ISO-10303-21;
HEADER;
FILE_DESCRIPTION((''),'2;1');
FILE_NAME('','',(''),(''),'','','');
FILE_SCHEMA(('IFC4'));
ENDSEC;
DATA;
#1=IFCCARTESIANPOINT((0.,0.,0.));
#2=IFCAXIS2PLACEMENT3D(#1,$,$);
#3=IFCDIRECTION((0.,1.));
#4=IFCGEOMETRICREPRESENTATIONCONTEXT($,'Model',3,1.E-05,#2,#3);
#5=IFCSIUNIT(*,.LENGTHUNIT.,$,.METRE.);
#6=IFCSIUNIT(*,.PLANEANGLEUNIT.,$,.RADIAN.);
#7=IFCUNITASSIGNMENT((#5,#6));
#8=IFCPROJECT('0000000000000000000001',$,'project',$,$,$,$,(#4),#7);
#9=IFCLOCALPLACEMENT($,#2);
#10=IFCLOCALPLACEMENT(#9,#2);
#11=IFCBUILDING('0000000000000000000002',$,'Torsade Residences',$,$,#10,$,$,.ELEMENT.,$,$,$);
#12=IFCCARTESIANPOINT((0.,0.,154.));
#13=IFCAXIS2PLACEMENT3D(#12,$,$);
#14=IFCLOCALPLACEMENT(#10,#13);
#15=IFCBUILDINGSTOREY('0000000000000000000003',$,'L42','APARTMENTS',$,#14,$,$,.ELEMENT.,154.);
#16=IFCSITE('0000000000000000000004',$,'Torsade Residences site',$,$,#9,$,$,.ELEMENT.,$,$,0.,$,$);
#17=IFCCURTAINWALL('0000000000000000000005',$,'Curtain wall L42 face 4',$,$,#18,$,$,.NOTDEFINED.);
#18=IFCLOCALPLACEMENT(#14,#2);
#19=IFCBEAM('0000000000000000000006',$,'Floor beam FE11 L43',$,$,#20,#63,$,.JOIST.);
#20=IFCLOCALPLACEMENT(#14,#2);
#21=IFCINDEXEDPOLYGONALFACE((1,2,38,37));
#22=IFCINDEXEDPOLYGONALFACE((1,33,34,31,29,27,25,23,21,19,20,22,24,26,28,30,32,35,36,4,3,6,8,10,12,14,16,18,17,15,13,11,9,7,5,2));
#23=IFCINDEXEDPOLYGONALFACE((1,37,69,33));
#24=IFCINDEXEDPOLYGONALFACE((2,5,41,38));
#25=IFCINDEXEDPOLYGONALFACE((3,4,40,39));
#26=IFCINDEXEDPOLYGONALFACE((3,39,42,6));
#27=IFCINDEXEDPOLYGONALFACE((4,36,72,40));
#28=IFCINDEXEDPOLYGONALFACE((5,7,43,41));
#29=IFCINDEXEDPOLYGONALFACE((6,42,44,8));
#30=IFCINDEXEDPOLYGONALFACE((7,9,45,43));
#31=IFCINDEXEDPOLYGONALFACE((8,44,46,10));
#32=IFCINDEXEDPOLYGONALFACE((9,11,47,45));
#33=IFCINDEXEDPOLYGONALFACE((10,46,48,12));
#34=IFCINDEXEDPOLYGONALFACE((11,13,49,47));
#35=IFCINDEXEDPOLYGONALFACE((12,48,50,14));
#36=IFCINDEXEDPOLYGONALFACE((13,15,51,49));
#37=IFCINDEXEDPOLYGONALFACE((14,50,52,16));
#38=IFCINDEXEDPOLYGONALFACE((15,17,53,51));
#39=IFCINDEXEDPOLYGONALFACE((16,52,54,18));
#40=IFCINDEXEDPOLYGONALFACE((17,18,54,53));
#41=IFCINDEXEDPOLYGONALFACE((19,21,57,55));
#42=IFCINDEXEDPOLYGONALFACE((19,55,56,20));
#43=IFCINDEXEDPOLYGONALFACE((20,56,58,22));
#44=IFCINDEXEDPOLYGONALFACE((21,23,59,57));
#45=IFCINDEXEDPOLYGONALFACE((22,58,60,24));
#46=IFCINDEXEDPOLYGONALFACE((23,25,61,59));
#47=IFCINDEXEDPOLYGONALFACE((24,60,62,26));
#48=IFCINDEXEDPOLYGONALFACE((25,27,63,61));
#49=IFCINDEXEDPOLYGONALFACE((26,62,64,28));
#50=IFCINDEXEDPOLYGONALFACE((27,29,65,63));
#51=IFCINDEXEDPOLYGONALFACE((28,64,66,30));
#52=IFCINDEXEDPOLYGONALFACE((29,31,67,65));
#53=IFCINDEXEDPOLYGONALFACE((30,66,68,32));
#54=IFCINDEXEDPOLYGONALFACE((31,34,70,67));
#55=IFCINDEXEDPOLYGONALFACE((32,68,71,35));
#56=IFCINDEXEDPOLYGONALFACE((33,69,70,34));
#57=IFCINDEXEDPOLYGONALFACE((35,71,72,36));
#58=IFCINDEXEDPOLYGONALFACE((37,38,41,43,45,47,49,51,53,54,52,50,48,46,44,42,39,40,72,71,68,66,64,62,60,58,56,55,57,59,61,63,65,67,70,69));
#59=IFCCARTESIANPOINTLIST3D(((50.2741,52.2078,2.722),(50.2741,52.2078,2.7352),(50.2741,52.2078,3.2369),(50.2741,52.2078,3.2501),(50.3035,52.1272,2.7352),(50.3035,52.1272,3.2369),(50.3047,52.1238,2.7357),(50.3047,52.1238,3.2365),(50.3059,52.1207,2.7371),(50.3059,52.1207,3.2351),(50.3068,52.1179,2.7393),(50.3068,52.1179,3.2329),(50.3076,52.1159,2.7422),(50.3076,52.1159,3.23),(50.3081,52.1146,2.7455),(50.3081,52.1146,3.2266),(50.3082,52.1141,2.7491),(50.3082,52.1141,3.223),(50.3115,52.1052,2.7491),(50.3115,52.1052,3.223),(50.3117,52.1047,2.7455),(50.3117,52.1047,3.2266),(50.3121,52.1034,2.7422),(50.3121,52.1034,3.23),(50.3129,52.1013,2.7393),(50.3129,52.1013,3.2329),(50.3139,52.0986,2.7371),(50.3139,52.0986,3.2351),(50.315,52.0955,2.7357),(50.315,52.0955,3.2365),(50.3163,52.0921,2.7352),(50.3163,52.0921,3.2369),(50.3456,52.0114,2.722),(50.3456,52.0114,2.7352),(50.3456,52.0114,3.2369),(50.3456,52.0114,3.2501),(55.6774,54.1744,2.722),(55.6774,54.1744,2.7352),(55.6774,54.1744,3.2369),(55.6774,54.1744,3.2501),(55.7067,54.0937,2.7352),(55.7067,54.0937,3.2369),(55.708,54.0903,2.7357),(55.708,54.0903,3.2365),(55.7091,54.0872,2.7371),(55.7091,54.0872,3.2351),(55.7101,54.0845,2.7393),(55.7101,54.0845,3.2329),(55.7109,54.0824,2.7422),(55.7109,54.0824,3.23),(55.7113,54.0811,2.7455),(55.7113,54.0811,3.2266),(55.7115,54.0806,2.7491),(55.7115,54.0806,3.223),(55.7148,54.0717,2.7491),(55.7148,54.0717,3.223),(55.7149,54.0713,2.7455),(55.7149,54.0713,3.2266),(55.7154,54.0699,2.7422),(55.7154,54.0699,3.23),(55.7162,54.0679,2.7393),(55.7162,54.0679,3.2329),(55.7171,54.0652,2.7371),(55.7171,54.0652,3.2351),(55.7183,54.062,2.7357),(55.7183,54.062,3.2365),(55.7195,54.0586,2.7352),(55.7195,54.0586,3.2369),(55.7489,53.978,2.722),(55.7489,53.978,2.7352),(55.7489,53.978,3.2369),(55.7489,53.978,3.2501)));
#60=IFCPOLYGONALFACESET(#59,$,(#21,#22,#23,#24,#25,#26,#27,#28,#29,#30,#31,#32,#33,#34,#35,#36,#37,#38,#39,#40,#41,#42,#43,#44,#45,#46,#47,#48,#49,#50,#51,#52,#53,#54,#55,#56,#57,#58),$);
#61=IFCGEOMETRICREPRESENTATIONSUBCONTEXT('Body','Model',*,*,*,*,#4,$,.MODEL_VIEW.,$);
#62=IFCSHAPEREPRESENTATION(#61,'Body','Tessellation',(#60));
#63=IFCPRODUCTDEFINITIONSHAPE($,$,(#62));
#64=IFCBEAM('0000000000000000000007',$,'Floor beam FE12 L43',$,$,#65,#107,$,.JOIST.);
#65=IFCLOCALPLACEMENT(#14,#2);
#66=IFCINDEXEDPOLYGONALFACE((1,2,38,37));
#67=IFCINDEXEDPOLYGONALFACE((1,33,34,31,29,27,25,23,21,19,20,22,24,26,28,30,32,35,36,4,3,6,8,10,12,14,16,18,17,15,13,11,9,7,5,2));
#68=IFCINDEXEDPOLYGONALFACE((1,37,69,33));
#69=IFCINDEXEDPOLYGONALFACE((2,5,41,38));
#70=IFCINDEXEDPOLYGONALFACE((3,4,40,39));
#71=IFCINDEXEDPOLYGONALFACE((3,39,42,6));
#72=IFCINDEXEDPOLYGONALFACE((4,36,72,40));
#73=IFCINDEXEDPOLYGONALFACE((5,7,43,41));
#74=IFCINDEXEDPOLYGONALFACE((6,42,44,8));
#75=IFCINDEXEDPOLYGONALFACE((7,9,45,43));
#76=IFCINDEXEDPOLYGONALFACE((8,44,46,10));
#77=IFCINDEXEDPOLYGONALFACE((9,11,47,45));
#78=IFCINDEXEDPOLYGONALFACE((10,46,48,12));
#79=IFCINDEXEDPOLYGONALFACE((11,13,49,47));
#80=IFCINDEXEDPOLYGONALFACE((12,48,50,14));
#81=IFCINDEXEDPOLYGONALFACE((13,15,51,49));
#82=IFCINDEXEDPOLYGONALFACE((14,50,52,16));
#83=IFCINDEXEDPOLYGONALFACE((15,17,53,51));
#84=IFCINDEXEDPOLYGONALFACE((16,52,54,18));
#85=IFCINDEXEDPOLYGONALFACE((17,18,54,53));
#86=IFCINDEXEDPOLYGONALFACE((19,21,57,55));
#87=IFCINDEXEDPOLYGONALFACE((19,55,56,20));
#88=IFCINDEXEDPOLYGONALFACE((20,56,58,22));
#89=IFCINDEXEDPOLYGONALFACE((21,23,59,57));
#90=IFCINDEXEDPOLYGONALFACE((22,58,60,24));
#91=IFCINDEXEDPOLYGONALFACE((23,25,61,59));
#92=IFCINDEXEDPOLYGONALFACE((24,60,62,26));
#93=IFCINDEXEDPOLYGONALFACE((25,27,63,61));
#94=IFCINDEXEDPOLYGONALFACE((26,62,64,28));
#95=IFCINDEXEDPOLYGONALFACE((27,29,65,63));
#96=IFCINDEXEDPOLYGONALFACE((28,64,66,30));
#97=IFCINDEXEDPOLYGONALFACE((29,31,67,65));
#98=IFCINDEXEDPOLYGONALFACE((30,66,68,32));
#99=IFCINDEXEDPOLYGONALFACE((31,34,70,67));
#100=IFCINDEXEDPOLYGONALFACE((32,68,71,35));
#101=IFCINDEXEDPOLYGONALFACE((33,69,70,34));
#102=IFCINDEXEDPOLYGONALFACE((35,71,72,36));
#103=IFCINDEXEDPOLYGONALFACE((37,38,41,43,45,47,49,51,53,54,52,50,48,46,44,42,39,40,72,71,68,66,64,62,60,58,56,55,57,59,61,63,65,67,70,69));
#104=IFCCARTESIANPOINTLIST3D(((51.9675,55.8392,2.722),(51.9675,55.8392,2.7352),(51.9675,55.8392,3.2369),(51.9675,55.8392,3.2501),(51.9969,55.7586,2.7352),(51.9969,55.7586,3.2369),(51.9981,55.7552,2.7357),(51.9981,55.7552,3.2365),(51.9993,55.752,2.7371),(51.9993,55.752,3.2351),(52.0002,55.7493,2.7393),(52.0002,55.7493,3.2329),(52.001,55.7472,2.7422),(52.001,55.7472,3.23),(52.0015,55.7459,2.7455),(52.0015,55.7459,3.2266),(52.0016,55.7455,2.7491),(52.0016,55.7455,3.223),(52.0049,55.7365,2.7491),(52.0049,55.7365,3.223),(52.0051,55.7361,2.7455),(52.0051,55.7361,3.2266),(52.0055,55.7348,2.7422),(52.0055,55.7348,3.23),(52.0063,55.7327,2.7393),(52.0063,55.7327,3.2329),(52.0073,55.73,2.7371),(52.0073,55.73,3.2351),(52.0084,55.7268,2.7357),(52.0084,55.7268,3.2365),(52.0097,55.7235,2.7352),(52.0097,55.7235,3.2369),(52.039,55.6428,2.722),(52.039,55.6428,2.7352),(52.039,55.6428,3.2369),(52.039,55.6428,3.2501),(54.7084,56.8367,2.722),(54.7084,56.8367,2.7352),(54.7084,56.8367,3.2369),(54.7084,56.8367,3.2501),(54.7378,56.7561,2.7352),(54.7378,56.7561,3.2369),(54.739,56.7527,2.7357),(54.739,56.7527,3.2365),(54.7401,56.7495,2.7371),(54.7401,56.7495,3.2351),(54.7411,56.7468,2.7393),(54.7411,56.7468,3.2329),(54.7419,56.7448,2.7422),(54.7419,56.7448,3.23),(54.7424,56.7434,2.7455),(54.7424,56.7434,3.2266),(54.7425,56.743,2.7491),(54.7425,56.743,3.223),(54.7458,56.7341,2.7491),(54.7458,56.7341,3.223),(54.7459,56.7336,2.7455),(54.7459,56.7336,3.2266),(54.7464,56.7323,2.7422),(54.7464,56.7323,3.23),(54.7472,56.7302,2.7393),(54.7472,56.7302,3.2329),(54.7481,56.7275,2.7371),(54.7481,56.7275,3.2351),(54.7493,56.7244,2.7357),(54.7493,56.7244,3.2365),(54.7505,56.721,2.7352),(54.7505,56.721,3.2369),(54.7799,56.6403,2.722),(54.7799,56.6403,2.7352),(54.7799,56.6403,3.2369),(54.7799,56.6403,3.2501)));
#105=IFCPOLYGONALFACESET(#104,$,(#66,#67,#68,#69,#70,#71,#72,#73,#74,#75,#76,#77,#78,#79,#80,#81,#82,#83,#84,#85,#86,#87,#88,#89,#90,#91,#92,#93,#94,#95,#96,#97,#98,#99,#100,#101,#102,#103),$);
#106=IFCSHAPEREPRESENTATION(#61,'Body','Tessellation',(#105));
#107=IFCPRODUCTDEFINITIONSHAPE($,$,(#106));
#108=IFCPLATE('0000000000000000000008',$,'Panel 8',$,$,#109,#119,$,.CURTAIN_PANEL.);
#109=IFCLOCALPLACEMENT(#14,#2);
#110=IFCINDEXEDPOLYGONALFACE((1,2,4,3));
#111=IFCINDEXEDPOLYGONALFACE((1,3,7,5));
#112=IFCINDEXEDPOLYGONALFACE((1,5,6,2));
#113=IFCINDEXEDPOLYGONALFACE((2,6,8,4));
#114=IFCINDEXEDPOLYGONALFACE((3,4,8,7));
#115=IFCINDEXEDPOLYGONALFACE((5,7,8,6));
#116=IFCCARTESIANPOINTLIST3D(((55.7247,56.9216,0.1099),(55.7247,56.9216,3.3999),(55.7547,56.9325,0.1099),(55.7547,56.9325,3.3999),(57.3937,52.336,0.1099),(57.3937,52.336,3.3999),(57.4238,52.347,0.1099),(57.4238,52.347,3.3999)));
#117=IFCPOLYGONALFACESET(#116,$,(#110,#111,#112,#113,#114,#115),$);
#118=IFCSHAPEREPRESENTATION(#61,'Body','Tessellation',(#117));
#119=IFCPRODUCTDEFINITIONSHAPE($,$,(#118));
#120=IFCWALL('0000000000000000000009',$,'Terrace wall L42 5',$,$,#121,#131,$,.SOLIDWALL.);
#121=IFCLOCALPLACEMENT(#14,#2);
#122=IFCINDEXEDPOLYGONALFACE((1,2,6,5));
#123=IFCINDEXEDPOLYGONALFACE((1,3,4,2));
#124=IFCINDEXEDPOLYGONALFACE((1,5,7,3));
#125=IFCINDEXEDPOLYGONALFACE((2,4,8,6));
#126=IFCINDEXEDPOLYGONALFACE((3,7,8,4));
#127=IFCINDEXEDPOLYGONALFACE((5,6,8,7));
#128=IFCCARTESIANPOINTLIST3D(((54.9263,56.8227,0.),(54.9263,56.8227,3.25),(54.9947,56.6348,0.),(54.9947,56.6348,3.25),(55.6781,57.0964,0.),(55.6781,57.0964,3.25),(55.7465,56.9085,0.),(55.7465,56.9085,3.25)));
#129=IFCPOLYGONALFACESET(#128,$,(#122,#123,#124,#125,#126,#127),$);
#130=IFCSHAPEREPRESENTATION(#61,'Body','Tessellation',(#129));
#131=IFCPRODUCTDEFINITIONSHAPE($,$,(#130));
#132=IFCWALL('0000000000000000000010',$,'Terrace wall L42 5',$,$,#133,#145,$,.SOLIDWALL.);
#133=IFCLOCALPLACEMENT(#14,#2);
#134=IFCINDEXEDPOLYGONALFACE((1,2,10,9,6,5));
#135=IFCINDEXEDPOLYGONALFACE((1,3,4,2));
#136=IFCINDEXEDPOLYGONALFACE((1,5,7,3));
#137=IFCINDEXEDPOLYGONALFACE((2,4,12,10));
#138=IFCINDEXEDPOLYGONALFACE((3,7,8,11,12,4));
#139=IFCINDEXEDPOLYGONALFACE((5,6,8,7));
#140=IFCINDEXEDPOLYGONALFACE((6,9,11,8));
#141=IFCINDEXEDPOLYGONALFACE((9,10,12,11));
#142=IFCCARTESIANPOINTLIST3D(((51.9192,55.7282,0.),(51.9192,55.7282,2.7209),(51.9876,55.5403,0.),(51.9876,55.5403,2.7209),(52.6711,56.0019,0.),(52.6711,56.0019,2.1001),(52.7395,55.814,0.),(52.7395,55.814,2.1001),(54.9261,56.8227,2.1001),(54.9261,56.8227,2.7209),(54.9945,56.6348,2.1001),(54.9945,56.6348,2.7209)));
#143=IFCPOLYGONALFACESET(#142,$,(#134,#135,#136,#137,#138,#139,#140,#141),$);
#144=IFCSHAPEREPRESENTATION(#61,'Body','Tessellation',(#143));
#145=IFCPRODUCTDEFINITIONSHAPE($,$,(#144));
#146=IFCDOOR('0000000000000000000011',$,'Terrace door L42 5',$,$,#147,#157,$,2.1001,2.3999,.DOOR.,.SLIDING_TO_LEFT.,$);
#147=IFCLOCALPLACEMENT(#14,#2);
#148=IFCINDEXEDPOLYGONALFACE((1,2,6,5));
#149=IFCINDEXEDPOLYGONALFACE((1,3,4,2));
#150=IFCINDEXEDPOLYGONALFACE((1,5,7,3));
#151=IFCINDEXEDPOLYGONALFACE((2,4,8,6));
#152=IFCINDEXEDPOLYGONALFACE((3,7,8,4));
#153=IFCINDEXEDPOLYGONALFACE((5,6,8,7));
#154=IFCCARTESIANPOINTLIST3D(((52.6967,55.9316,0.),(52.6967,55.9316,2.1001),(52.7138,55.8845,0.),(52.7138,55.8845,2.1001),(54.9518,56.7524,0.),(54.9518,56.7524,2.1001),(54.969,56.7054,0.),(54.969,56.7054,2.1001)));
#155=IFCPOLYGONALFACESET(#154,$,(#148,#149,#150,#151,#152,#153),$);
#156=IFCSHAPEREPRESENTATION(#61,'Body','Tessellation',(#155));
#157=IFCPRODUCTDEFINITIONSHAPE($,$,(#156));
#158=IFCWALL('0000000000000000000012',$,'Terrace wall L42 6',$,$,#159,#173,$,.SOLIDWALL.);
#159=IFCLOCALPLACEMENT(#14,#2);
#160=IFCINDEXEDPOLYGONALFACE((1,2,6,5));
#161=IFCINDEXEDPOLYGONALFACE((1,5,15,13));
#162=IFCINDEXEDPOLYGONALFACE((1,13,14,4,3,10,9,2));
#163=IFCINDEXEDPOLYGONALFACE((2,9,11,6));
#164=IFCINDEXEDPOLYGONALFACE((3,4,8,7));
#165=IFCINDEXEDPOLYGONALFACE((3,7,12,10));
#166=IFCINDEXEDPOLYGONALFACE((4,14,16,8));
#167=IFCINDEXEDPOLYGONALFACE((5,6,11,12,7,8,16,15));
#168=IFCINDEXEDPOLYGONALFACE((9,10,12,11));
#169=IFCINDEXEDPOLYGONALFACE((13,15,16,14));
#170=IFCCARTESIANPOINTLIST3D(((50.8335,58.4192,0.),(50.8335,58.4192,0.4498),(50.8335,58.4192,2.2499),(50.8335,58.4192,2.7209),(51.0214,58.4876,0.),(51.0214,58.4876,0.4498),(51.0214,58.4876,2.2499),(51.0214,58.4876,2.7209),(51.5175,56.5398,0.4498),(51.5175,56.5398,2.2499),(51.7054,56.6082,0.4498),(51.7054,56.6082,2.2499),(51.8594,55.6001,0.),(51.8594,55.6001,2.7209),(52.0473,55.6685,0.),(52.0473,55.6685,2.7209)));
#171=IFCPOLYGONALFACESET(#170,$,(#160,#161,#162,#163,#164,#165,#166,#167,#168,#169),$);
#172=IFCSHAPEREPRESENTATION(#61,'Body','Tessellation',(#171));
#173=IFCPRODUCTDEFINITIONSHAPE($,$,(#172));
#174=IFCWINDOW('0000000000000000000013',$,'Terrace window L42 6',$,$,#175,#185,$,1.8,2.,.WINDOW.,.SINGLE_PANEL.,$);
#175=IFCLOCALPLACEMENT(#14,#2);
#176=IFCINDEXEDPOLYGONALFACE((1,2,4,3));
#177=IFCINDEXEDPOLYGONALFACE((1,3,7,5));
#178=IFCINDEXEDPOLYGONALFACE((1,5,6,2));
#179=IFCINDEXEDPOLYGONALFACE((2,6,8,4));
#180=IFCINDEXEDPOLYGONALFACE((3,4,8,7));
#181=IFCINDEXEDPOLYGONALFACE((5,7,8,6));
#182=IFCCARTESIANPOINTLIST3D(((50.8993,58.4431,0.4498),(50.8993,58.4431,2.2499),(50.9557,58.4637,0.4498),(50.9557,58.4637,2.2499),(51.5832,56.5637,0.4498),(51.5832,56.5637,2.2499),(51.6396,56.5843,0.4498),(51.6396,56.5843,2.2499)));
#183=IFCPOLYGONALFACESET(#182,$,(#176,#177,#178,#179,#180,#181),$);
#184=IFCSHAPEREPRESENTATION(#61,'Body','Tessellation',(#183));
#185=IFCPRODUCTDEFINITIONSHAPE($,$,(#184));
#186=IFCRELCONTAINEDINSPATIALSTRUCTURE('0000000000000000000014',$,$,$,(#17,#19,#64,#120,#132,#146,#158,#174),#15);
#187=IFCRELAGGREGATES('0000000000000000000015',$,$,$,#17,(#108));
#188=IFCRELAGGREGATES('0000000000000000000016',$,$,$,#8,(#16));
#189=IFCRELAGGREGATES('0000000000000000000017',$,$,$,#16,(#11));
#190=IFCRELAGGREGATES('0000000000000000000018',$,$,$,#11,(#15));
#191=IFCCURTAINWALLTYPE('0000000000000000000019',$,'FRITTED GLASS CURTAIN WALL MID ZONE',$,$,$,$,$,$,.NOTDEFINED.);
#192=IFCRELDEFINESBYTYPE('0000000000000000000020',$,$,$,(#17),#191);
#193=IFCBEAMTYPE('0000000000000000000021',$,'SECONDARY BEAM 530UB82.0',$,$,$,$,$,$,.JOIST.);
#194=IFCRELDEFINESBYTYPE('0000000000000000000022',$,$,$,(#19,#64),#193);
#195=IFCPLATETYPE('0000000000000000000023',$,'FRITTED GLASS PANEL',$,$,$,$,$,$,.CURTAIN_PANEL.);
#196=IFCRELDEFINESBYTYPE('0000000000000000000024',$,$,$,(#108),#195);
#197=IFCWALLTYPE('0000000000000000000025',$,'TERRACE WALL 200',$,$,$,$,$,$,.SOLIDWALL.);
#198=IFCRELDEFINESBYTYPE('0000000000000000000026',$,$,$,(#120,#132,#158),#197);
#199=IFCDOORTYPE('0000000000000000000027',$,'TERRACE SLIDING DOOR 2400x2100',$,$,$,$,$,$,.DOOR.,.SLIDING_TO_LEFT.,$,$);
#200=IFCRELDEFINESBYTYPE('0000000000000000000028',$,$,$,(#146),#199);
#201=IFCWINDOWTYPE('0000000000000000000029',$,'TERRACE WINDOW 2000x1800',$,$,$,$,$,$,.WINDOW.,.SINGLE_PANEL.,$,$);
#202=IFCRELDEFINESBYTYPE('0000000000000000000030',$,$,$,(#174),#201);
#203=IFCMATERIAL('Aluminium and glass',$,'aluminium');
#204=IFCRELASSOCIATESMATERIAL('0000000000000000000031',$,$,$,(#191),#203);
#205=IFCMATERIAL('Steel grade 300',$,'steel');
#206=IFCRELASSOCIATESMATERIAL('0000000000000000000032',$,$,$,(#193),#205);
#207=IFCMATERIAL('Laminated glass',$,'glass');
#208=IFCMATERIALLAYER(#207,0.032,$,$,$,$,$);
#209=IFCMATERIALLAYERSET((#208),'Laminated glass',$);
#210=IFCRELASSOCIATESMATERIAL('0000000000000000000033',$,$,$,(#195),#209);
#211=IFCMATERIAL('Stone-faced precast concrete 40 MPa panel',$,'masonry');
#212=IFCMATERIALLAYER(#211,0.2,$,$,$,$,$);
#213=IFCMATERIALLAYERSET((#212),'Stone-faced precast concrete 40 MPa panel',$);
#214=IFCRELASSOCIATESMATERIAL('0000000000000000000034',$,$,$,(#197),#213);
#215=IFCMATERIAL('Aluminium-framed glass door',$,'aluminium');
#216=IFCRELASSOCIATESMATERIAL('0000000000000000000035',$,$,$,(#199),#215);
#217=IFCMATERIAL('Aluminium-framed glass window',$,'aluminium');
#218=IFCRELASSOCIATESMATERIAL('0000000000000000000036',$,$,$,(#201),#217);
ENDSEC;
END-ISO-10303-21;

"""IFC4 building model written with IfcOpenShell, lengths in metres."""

from ifc_helpers import new_model, si_unit, direction, frame, frame_2d, origin, origin_2d, place, context, subcontext, project, spatial, rectangle, i_section, extrude, material, layer, layer_set, material_profile, profile_set, type_object, element, fill, aggregate, save


model = new_model("IFC4")

# Units and contexts
model_context = context("Model", 3, precision=1e-05, world=origin(), true_north=direction((0.0, 1.0)))
body_context = subcontext(model_context, "Body", "Model", "MODEL_VIEW")
ifc_project = project(units=[si_unit("LENGTHUNIT", "METRE"), si_unit("PLANEANGLEUNIT", "RADIAN")], contexts=[model_context])

# Site, building, storey
site_placement = place(None, origin())
site = spatial("IfcSite", under=ifc_project, at=site_placement, Name="Torsade Residences site", CompositionType="ELEMENT", RefElevation=0.0)
building_placement = place(site_placement, origin())
building = spatial("IfcBuilding", under=site, at=building_placement, Name="Torsade Residences", CompositionType="ELEMENT")
storey_placement = place(building_placement, frame((0.0, 0.0, 154.0)))
storey = spatial("IfcBuildingStorey", under=building, at=storey_placement, Name="L42", Description="APARTMENTS", CompositionType="ELEMENT", Elevation=154.0)

# Curtain wall
ifc_material_1 = material(Name="Aluminium and glass", Category="aluminium")
curtain_wall_type = type_object("IfcCurtainWallType", Name="FRITTED GLASS CURTAIN WALL MID ZONE", PredefinedType="NOTDEFINED", material=ifc_material_1)
curtain_wall_placement = place(storey_placement, origin())
curtain_wall = element("IfcCurtainWall", 1, at=curtain_wall_placement, inside=storey, type_object=curtain_wall_type, Name="Curtain wall L42 face 4", PredefinedType="NOTDEFINED")

# Beams
ifc_material_2 = material(Name="Steel grade 300", Category="steel")
ifc_material_profile_1 = material_profile(ifc_material_2, i_section(OverallWidth=0.209, OverallDepth=0.5281, WebThickness=0.0095, FlangeThickness=0.0132, FilletRadius=0.0139, at=origin_2d()), Name="530UB82.0")
ifc_profile_set_1 = profile_set([ifc_material_profile_1], Name="Steel grade 300")
beam_type_1 = type_object("IfcBeamType", Name="SECONDARY BEAM 530UB82.0", PredefinedType="JOIST", material=ifc_profile_set_1)
beam_1_placement = place(storey_placement, frame((55.7131, 54.0762, 2.9861), z_axis=(-0.939698, -0.342006, 0.0), x_axis=(0.342006, -0.939698, 0.0)))
element("IfcBeam", 2, at=beam_1_placement, inside=storey, type_object=beam_type_1, Name="Floor beam FE11 L43", PredefinedType="JOIST", context=body_context, shape_type="SweptSolid", body=[
    extrude(i_section(OverallWidth=0.209, OverallDepth=0.5281, WebThickness=0.0095, FlangeThickness=0.0132, FilletRadius=0.0139, at=origin_2d()), origin(), (0.0, 0.0, 1.0), 5.75),
])
beam_2_placement = place(storey_placement, frame((54.7441, 56.7385, 2.9861), z_axis=(-0.939701, -0.341998, 0.0), x_axis=(0.341998, -0.939701, 0.0)))
element("IfcBeam", 3, at=beam_2_placement, inside=storey, type_object=beam_type_1, Name="Floor beam FE12 L43", PredefinedType="JOIST", context=body_context, shape_type="SweptSolid", body=[
    extrude(i_section(OverallWidth=0.209, OverallDepth=0.5281, WebThickness=0.0095, FlangeThickness=0.0132, FilletRadius=0.0139, at=origin_2d()), origin(), (0.0, 0.0, 1.0), 2.9167),
])

# Plate
ifc_material_3 = material(Name="Laminated glass", Category="glass")
ifc_layer_1 = layer(ifc_material_3, 0.032)
ifc_layer_set_1 = layer_set([ifc_layer_1], Name="Laminated glass")
plate_type = type_object("IfcPlateType", Name="FRITTED GLASS PANEL", PredefinedType="CURTAIN_PANEL", material=ifc_layer_set_1)
plate_placement = place(storey_placement, frame((56.5742, 54.6343, 0.1099), z_axis=(0.0, 0.0, 1.0), x_axis=(-0.34202, 0.939693, 0.0)))
plate = element("IfcPlate", 4, at=plate_placement, type_object=plate_type, Name="Panel 8", PredefinedType="CURTAIN_PANEL", context=body_context, shape_type="SweptSolid", body=[
    extrude(rectangle(XDim=4.8799, YDim=0.032, at=origin_2d()), origin(), (0.0, 0.0, 1.0), 3.29),
])
aggregate(curtain_wall, [plate])

# Wall
ifc_material_4 = material(Name="Stone-faced precast concrete 40 MPa panel", Category="masonry")
ifc_layer_2 = layer(ifc_material_4, 0.2)
ifc_layer_set_2 = layer_set([ifc_layer_2], Name="Stone-faced precast concrete 40 MPa panel")
wall_type = type_object("IfcWallType", Name="TERRACE WALL 200", PredefinedType="SOLIDWALL", material=ifc_layer_set_2)
wall_1_placement = place(storey_placement, frame((55.7122, 57.0024, 0.0), z_axis=(0.0, 0.0, 1.0), x_axis=(-0.93966, -0.342111, 0.0)))
element("IfcWall", 5, at=wall_1_placement, inside=storey, type_object=wall_type, Name="Terrace wall L42 5", PredefinedType="SOLIDWALL", context=body_context, shape_type="SweptSolid", body=[
    extrude(rectangle(XDim=0.8, YDim=0.2, at=frame_2d((0.3999, 0.0))), origin(), (0.0, 0.0, 1.0), 3.25),
])

# Wall, opening, door
wall_2_placement = place(storey_placement, frame((54.9604, 56.7288, 0.0), z_axis=(0.0, 0.0, 1.0), x_axis=(-0.939693, -0.342019, 0.0)))
wall_2 = element("IfcWall", 6, at=wall_2_placement, inside=storey, type_object=wall_type, Name="Terrace wall L42 5", PredefinedType="SOLIDWALL", context=body_context, shape_type="SweptSolid", body=[
    extrude(rectangle(XDim=3.2, YDim=0.2, at=frame_2d((1.6001, 0.0))), origin(), (0.0, 0.0, 1.0), 2.7209),
])
opening_1_placement = place(wall_2_placement, origin())
opening_1 = element("IfcOpeningElement", 7, at=opening_1_placement, cuts=wall_2, PredefinedType="OPENING", context=body_context, shape_type="SweptSolid", body=[
    extrude(rectangle(XDim=2.3999, YDim=2.1001, at=frame_2d((1.2, 1.05))), frame((0.0, 0.1099, 0.0), z_axis=(0.0, -1.0, 0.0), x_axis=(1.0, 0.0, 0.0)), (0.0, 0.0, 1.0), 0.22),
])
ifc_material_5 = material(Name="Aluminium-framed glass door", Category="aluminium")
door_type = type_object("IfcDoorType", Name="TERRACE SLIDING DOOR 2400x2100", OperationType="SLIDING_TO_LEFT", PredefinedType="DOOR", material=ifc_material_5)
door_placement = place(opening_1_placement, origin())
door = element("IfcDoor", 8, at=door_placement, inside=storey, type_object=door_type, Name="Terrace door L42 5", OperationType="SLIDING_TO_LEFT", OverallHeight=2.1001, OverallWidth=2.3999, PredefinedType="DOOR", context=body_context, shape_type="SweptSolid", body=[
    extrude(rectangle(XDim=2.3999, YDim=2.1001, at=frame_2d((1.2, 1.05))), frame((0.0, 0.0249, 0.0), z_axis=(0.0, -1.0, 0.0), x_axis=(1.0, 0.0, 0.0)), (0.0, 0.0, 1.0), 0.05),
])
fill(opening_1, door)

# Wall, opening, window
wall_3_placement = place(storey_placement, frame((51.9534, 55.6343, 0.0), z_axis=(0.0, 0.0, 1.0), x_axis=(-0.341965, 0.939713, 0.0)))
wall_3 = element("IfcWall", 9, at=wall_3_placement, inside=storey, type_object=wall_type, Name="Terrace wall L42 6", PredefinedType="SOLIDWALL", context=body_context, shape_type="SweptSolid", body=[
    extrude(rectangle(XDim=3.0, YDim=0.2, at=frame_2d((1.5, 0.0))), origin(), (0.0, 0.0, 1.0), 2.7209),
])
opening_2_placement = place(wall_3_placement, frame((1.0, 0.0, 0.45)))
opening_2 = element("IfcOpeningElement", 10, at=opening_2_placement, cuts=wall_3, PredefinedType="OPENING", context=body_context, shape_type="SweptSolid", body=[
    extrude(rectangle(XDim=2.0, YDim=1.8, at=frame_2d((1.0, 0.8999))), frame((0.0, 0.1099, 0.0), z_axis=(0.0, -1.0, 0.0), x_axis=(1.0, 0.0, 0.0)), (0.0, 0.0, 1.0), 0.22),
])
ifc_material_6 = material(Name="Aluminium-framed glass window", Category="aluminium")
window_type = type_object("IfcWindowType", Name="TERRACE WINDOW 2000x1800", PartitioningType="SINGLE_PANEL", PredefinedType="WINDOW", material=ifc_material_6)
window_placement = place(opening_2_placement, origin())
window = element("IfcWindow", 11, at=window_placement, inside=storey, type_object=window_type, Name="Terrace window L42 6", OverallHeight=1.8, OverallWidth=2.0, PartitioningType="SINGLE_PANEL", PredefinedType="WINDOW", context=body_context, shape_type="SweptSolid", body=[
    extrude(rectangle(XDim=2.0, YDim=1.8, at=frame_2d((1.0, 0.8999))), frame((0.0, 0.03, 0.0), z_axis=(0.0, -1.0, 0.0), x_axis=(1.0, 0.0, 0.0)), (0.0, 0.0, 1.0), 0.0601),
])
fill(opening_2, window)

save(model, "model.ifc")
